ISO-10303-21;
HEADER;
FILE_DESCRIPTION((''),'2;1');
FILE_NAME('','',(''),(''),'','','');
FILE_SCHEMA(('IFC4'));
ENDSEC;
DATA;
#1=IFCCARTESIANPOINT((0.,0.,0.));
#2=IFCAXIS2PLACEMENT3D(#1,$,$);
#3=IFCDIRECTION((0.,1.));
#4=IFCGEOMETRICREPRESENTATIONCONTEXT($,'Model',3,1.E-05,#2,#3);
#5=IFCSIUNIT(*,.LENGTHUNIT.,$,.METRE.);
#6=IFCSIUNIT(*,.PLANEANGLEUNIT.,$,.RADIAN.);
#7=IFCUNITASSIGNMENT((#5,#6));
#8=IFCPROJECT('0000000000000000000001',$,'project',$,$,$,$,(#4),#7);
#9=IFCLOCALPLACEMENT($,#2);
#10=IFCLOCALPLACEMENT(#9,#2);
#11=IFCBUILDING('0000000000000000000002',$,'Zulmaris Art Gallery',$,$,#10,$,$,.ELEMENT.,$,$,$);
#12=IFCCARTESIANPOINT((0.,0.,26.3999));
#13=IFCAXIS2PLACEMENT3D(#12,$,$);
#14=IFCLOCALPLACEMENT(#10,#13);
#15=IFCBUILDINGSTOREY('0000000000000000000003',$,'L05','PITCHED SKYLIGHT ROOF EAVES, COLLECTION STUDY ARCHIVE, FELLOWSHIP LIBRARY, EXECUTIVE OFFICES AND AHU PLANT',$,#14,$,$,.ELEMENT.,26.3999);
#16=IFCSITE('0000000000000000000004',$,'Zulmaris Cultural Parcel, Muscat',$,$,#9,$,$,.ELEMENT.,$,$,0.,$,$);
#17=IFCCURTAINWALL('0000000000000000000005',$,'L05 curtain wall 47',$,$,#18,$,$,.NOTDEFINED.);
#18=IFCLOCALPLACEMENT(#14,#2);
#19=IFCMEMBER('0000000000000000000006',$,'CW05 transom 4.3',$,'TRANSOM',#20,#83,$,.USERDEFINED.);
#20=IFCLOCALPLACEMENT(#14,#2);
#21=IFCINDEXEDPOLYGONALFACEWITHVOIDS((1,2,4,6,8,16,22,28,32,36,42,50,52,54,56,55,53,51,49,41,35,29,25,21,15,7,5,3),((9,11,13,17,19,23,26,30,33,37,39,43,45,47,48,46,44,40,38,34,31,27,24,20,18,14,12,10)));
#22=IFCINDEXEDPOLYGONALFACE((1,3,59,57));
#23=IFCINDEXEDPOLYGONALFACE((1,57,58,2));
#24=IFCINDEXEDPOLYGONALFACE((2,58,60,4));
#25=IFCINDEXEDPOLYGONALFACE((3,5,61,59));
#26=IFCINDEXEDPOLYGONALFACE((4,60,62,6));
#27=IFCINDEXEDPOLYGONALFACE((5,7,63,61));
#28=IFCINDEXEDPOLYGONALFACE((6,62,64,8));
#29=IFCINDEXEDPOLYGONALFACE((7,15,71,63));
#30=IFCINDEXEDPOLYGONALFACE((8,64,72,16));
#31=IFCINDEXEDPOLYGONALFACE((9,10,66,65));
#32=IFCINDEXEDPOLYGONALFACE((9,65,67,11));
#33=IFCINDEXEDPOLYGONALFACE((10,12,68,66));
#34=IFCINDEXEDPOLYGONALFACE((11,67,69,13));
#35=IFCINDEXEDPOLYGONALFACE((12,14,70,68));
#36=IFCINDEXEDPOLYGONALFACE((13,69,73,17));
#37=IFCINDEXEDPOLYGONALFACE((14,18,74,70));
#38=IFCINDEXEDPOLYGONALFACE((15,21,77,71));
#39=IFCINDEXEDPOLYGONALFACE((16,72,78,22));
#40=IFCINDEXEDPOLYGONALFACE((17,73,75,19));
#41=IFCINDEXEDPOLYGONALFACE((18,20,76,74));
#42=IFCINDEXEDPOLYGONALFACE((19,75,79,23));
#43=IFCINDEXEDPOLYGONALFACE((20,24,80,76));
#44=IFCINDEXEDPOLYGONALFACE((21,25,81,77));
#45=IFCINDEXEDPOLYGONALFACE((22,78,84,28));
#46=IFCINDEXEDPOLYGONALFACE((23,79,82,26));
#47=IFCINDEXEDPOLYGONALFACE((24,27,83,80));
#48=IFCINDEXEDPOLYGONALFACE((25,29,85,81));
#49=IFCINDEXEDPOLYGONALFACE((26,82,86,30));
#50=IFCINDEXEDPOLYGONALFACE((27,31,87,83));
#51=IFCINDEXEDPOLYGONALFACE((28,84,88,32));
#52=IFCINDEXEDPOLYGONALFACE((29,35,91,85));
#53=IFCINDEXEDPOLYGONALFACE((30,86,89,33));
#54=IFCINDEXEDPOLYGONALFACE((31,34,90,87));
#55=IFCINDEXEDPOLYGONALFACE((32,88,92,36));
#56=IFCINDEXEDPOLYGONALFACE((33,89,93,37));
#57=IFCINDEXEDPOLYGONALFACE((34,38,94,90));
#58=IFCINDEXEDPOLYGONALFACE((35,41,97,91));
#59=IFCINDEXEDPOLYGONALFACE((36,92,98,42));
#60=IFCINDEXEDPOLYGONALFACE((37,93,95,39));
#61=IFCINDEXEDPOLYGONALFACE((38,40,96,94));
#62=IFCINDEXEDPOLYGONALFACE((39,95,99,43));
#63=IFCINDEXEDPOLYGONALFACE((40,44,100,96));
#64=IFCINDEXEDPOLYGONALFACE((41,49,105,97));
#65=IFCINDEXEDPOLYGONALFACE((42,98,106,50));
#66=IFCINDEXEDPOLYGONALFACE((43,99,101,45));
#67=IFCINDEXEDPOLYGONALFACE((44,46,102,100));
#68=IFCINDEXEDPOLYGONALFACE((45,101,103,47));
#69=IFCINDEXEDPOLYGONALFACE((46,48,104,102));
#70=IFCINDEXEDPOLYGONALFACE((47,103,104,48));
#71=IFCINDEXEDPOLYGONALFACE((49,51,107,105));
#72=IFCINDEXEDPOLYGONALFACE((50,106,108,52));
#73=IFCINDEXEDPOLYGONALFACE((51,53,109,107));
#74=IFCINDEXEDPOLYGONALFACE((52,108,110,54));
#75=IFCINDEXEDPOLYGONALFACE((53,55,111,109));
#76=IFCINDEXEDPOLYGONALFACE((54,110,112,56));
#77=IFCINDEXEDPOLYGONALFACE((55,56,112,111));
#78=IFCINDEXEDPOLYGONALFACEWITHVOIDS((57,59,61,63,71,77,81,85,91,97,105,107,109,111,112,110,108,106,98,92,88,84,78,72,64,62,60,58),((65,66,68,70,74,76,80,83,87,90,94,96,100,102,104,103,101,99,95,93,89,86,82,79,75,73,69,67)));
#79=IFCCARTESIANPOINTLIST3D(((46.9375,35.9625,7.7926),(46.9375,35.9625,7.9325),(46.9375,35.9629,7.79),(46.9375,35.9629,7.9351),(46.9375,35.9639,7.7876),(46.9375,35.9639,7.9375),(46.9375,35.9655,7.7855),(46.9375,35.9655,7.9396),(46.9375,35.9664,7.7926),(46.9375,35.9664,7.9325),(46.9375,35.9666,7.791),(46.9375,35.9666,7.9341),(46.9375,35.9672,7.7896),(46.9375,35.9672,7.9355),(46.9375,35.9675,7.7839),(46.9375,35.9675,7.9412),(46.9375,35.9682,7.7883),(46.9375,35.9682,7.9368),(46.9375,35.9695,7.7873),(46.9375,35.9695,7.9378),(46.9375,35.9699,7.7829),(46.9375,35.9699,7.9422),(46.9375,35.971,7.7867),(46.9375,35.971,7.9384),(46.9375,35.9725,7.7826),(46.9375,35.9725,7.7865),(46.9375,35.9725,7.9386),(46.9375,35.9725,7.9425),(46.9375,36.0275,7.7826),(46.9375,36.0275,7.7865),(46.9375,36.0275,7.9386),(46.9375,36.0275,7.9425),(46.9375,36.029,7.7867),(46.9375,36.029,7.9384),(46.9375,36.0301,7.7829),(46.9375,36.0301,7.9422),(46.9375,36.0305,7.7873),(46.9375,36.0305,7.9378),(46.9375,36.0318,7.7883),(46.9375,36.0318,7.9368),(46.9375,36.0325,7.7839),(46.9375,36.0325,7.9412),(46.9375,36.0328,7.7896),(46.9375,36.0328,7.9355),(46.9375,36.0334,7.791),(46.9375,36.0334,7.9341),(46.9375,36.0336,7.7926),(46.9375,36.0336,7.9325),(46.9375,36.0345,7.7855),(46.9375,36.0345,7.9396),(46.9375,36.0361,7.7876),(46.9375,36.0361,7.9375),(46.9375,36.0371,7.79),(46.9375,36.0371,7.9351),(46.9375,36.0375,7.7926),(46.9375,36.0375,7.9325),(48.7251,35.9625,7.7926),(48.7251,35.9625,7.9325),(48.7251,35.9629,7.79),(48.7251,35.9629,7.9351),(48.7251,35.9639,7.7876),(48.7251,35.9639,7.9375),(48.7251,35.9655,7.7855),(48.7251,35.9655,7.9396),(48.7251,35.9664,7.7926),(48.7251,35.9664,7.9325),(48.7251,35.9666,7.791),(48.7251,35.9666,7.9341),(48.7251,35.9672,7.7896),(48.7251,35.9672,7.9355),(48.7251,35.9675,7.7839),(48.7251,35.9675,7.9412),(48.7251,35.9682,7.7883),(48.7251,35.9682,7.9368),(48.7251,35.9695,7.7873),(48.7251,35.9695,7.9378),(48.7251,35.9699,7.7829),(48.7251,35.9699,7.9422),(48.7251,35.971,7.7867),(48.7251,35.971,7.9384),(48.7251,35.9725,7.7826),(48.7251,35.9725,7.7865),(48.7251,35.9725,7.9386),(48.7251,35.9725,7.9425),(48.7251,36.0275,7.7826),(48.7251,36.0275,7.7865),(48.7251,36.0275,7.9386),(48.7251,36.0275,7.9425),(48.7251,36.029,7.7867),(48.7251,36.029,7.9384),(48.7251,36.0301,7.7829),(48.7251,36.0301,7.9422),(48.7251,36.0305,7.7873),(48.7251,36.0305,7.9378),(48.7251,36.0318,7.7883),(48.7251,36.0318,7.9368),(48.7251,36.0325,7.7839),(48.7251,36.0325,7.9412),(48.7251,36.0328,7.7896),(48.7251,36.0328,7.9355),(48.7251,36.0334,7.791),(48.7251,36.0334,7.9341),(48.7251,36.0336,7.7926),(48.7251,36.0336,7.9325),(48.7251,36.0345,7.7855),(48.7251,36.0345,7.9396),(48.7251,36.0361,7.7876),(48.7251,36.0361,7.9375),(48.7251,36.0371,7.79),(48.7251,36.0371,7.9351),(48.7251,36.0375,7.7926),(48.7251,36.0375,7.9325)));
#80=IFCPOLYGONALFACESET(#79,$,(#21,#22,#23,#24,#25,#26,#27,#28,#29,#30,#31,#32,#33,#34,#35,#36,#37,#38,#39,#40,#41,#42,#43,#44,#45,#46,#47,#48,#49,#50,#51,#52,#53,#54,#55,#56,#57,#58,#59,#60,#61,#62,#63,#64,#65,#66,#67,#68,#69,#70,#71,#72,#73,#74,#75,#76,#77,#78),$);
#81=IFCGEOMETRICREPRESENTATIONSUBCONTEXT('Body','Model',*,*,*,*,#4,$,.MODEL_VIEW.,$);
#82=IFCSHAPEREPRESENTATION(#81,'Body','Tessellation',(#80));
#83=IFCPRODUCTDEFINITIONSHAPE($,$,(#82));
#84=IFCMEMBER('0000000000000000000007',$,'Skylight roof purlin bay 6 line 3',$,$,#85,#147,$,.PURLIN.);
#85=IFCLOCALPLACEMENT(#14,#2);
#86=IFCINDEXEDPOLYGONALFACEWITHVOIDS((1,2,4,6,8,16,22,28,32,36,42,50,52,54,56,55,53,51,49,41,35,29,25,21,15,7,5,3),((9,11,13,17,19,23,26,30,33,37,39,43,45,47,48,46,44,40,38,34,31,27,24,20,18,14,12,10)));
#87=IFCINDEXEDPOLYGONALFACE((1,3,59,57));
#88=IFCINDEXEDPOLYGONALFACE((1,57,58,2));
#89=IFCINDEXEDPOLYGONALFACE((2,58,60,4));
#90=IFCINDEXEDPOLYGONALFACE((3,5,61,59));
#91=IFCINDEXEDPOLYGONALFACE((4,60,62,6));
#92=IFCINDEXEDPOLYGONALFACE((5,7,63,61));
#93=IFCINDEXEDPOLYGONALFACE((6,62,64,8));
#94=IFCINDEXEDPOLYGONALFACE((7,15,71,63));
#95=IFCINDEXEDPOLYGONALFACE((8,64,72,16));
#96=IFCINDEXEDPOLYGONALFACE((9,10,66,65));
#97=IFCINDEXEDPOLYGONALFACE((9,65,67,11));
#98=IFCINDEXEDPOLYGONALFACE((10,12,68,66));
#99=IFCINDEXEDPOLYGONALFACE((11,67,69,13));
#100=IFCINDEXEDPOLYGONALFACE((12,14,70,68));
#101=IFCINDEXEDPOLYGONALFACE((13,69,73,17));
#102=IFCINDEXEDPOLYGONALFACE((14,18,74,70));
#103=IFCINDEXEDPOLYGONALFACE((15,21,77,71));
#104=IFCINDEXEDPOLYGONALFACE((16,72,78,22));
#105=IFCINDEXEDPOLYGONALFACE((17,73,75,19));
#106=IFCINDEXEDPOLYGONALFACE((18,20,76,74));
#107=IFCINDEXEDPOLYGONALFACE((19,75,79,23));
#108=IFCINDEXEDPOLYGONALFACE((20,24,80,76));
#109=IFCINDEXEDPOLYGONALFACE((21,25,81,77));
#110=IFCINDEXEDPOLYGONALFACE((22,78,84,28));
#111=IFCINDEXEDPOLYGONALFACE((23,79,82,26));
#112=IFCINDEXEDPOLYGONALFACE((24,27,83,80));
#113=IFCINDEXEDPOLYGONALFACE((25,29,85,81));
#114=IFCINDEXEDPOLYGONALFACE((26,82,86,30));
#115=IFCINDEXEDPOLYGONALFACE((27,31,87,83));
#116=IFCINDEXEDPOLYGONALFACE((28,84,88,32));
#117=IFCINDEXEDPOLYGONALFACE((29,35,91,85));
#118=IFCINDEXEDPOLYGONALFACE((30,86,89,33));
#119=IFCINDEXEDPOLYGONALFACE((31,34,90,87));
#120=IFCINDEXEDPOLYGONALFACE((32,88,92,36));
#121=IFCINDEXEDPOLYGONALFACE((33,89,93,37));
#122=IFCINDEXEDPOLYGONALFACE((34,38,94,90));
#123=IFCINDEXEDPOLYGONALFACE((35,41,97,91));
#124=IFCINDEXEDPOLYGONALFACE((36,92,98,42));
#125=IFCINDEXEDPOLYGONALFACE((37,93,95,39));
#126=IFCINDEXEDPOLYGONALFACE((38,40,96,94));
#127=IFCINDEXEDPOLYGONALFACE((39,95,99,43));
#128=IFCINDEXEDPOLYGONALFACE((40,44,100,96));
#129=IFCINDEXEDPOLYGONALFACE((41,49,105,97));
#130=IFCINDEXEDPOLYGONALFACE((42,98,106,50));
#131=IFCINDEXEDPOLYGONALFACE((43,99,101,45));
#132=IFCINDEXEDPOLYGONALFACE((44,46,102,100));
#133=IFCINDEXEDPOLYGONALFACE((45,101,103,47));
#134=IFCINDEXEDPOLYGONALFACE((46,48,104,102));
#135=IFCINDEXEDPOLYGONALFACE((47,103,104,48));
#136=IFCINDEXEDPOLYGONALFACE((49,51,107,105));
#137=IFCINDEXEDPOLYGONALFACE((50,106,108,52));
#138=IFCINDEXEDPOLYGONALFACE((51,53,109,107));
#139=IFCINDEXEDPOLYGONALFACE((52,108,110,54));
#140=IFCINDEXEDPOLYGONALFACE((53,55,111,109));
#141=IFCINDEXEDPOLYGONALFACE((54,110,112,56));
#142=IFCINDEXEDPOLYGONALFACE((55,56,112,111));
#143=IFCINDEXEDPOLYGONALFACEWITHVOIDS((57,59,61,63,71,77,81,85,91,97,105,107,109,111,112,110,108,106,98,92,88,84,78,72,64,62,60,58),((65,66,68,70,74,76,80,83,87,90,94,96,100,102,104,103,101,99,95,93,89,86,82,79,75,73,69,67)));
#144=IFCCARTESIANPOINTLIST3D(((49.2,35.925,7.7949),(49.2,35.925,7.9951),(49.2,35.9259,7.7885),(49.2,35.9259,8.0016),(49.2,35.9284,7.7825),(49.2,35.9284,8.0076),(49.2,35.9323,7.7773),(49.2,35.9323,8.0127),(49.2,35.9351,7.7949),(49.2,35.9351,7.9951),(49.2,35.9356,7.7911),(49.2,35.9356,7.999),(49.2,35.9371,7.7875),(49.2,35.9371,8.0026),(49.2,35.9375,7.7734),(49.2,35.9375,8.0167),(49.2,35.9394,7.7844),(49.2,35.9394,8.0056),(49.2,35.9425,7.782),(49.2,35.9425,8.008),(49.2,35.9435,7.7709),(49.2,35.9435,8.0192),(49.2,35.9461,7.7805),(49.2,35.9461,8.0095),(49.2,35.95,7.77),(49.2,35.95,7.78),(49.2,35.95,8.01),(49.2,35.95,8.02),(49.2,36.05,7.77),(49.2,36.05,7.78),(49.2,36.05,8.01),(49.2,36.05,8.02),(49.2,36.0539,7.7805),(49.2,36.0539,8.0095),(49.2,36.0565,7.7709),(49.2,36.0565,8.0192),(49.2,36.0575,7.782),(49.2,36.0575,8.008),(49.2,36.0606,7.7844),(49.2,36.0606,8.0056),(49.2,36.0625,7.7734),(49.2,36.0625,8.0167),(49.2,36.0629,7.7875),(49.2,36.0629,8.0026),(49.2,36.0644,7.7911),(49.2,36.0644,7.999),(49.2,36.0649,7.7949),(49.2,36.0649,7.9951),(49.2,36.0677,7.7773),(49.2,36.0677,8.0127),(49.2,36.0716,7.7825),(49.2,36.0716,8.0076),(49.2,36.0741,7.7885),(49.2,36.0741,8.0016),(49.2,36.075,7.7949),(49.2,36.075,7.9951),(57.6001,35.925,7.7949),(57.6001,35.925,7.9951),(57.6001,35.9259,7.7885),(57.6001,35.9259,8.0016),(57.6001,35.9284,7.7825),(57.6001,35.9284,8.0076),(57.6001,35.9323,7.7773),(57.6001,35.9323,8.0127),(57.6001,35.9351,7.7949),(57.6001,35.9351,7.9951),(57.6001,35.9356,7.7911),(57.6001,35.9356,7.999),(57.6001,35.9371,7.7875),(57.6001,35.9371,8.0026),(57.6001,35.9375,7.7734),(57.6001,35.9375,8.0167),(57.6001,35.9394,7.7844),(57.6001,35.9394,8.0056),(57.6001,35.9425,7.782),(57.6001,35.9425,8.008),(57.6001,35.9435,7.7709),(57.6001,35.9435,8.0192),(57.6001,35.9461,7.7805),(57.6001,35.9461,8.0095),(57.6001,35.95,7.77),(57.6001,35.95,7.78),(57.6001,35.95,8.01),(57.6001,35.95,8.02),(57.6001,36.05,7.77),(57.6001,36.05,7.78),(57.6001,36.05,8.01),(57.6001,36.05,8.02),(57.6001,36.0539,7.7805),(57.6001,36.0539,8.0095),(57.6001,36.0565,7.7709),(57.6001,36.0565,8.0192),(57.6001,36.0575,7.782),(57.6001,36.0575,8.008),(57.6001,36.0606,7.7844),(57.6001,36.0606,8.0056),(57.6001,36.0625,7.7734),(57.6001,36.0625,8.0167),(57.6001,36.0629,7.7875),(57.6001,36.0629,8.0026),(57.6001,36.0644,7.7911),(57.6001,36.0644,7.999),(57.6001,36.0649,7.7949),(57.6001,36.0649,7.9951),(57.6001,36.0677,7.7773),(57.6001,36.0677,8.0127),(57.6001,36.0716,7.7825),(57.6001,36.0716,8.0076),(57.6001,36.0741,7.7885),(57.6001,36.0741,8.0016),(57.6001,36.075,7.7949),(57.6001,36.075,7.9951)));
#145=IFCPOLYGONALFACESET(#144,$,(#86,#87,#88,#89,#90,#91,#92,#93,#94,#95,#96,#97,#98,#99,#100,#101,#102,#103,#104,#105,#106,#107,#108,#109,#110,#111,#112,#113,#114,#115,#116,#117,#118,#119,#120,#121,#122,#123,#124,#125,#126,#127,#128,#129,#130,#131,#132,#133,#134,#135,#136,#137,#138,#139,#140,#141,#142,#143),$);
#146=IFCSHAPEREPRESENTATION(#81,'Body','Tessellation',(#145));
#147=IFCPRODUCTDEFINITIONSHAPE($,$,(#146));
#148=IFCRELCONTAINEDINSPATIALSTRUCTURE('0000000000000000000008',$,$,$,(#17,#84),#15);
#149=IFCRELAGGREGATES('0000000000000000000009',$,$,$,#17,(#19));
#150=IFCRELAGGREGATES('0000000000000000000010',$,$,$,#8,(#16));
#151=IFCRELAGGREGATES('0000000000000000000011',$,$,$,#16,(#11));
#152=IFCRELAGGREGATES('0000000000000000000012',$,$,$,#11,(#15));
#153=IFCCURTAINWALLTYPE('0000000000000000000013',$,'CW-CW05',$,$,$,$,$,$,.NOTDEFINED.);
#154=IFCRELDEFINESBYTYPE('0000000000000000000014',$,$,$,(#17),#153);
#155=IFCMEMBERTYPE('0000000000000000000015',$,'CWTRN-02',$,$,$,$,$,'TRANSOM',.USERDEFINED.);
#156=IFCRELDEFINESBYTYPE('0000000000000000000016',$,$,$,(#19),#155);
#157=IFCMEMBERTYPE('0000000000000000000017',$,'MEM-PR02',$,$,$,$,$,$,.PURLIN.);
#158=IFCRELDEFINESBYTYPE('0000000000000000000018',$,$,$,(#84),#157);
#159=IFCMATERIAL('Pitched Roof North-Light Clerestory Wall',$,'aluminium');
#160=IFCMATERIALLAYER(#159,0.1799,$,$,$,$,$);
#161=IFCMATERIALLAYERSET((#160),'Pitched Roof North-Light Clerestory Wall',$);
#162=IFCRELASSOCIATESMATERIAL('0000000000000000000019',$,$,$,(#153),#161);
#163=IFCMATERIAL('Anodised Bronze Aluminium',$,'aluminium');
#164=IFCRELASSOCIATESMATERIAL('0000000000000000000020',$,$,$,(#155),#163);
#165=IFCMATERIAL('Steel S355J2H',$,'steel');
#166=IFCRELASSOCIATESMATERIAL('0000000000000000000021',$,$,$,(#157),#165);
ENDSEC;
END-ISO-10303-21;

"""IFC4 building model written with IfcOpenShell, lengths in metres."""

from ifc_helpers import new_model, si_unit, direction, frame, origin, origin_2d, place, context, subcontext, project, spatial, hollow_rectangle, extrude, material, layer, layer_set, material_profile, profile_set, type_object, element, aggregate, save


model = new_model("IFC4")

# Units and contexts
model_context = context("Model", 3, precision=1e-05, world=origin(), true_north=direction((0.0, 1.0)))
body_context = subcontext(model_context, "Body", "Model", "MODEL_VIEW")
ifc_project = project(units=[si_unit("LENGTHUNIT", "METRE"), si_unit("PLANEANGLEUNIT", "RADIAN")], contexts=[model_context])

# Site, building, storey
site_placement = place(None, origin())
site = spatial("IfcSite", under=ifc_project, at=site_placement, Name="Zulmaris Cultural Parcel, Muscat", CompositionType="ELEMENT", RefElevation=0.0)
building_placement = place(site_placement, origin())
building = spatial("IfcBuilding", under=site, at=building_placement, Name="Zulmaris Art Gallery", CompositionType="ELEMENT")
storey_placement = place(building_placement, frame((0.0, 0.0, 26.3999)))
storey = spatial("IfcBuildingStorey", under=building, at=storey_placement, Name="L05", Description="PITCHED SKYLIGHT ROOF EAVES, COLLECTION STUDY ARCHIVE, FELLOWSHIP LIBRARY, EXECUTIVE OFFICES AND AHU PLANT", CompositionType="ELEMENT", Elevation=26.3999)

# Curtain wall, member
ifc_material_1 = material(Name="Pitched Roof North-Light Clerestory Wall", Category="aluminium")
ifc_layer_1 = layer(ifc_material_1, 0.1799)
ifc_layer_set_1 = layer_set([ifc_layer_1], Name="Pitched Roof North-Light Clerestory Wall")
curtain_wall_type = type_object("IfcCurtainWallType", Name="CW-CW05", PredefinedType="NOTDEFINED", material=ifc_layer_set_1)
curtain_wall_placement = place(storey_placement, origin())
curtain_wall = element("IfcCurtainWall", 1, at=curtain_wall_placement, inside=storey, type_object=curtain_wall_type, Name="L05 curtain wall 47", PredefinedType="NOTDEFINED")
ifc_material_2 = material(Name="Anodised Bronze Aluminium", Category="aluminium")
ifc_material_profile_1 = material_profile(ifc_material_2, hollow_rectangle(XDim=0.075, YDim=0.1599, WallThickness=0.0039, InnerFilletRadius=0.0061, OuterFilletRadius=0.01, at=origin_2d()), Name="ALU 75x160x4")
ifc_profile_set_1 = profile_set([ifc_material_profile_1], Name="Anodised Bronze Aluminium")
member_type_1 = type_object("IfcMemberType", Name="CWTRN-02", ElementType="TRANSOM", PredefinedType="USERDEFINED", material=ifc_profile_set_1)
member_1_placement = place(storey_placement, frame((46.9375, 36.0, 7.8625), z_axis=(1.0, 0.0, 0.0), x_axis=(0.0, 1.0, 0.0)))
member_1 = element("IfcMember", 2, at=member_1_placement, type_object=member_type_1, Name="CW05 transom 4.3", ObjectType="TRANSOM", PredefinedType="USERDEFINED", context=body_context, shape_type="SweptSolid", body=[
    extrude(hollow_rectangle(XDim=0.075, YDim=0.1599, WallThickness=0.0039, InnerFilletRadius=0.0061, OuterFilletRadius=0.01, at=origin_2d()), origin(), (0.0, 0.0, 1.0), 1.7876),
])

# Member
ifc_material_3 = material(Name="Steel S355J2H", Category="steel")
ifc_material_profile_2 = material_profile(ifc_material_3, hollow_rectangle(XDim=0.1499, YDim=0.25, WallThickness=0.01, InnerFilletRadius=0.0149, OuterFilletRadius=0.0249, at=origin_2d()), Name="RHS 250x150x10")
ifc_profile_set_2 = profile_set([ifc_material_profile_2], Name="Steel S355J2H")
member_type_2 = type_object("IfcMemberType", Name="MEM-PR02", PredefinedType="PURLIN", material=ifc_profile_set_2)
member_2_placement = place(storey_placement, frame((49.2, 36.0, 7.895), z_axis=(1.0, 0.0, 0.0), x_axis=(0.0, 1.0, 0.0)))
element("IfcMember", 3, at=member_2_placement, inside=storey, type_object=member_type_2, Name="Skylight roof purlin bay 6 line 3", PredefinedType="PURLIN", context=body_context, shape_type="SweptSolid", body=[
    extrude(hollow_rectangle(XDim=0.1499, YDim=0.25, WallThickness=0.01, InnerFilletRadius=0.0149, OuterFilletRadius=0.0249, at=origin_2d()), origin(), (0.0, 0.0, 1.0), 8.4001),
])

aggregate(curtain_wall, [member_1])

save(model, "model.ifc")
